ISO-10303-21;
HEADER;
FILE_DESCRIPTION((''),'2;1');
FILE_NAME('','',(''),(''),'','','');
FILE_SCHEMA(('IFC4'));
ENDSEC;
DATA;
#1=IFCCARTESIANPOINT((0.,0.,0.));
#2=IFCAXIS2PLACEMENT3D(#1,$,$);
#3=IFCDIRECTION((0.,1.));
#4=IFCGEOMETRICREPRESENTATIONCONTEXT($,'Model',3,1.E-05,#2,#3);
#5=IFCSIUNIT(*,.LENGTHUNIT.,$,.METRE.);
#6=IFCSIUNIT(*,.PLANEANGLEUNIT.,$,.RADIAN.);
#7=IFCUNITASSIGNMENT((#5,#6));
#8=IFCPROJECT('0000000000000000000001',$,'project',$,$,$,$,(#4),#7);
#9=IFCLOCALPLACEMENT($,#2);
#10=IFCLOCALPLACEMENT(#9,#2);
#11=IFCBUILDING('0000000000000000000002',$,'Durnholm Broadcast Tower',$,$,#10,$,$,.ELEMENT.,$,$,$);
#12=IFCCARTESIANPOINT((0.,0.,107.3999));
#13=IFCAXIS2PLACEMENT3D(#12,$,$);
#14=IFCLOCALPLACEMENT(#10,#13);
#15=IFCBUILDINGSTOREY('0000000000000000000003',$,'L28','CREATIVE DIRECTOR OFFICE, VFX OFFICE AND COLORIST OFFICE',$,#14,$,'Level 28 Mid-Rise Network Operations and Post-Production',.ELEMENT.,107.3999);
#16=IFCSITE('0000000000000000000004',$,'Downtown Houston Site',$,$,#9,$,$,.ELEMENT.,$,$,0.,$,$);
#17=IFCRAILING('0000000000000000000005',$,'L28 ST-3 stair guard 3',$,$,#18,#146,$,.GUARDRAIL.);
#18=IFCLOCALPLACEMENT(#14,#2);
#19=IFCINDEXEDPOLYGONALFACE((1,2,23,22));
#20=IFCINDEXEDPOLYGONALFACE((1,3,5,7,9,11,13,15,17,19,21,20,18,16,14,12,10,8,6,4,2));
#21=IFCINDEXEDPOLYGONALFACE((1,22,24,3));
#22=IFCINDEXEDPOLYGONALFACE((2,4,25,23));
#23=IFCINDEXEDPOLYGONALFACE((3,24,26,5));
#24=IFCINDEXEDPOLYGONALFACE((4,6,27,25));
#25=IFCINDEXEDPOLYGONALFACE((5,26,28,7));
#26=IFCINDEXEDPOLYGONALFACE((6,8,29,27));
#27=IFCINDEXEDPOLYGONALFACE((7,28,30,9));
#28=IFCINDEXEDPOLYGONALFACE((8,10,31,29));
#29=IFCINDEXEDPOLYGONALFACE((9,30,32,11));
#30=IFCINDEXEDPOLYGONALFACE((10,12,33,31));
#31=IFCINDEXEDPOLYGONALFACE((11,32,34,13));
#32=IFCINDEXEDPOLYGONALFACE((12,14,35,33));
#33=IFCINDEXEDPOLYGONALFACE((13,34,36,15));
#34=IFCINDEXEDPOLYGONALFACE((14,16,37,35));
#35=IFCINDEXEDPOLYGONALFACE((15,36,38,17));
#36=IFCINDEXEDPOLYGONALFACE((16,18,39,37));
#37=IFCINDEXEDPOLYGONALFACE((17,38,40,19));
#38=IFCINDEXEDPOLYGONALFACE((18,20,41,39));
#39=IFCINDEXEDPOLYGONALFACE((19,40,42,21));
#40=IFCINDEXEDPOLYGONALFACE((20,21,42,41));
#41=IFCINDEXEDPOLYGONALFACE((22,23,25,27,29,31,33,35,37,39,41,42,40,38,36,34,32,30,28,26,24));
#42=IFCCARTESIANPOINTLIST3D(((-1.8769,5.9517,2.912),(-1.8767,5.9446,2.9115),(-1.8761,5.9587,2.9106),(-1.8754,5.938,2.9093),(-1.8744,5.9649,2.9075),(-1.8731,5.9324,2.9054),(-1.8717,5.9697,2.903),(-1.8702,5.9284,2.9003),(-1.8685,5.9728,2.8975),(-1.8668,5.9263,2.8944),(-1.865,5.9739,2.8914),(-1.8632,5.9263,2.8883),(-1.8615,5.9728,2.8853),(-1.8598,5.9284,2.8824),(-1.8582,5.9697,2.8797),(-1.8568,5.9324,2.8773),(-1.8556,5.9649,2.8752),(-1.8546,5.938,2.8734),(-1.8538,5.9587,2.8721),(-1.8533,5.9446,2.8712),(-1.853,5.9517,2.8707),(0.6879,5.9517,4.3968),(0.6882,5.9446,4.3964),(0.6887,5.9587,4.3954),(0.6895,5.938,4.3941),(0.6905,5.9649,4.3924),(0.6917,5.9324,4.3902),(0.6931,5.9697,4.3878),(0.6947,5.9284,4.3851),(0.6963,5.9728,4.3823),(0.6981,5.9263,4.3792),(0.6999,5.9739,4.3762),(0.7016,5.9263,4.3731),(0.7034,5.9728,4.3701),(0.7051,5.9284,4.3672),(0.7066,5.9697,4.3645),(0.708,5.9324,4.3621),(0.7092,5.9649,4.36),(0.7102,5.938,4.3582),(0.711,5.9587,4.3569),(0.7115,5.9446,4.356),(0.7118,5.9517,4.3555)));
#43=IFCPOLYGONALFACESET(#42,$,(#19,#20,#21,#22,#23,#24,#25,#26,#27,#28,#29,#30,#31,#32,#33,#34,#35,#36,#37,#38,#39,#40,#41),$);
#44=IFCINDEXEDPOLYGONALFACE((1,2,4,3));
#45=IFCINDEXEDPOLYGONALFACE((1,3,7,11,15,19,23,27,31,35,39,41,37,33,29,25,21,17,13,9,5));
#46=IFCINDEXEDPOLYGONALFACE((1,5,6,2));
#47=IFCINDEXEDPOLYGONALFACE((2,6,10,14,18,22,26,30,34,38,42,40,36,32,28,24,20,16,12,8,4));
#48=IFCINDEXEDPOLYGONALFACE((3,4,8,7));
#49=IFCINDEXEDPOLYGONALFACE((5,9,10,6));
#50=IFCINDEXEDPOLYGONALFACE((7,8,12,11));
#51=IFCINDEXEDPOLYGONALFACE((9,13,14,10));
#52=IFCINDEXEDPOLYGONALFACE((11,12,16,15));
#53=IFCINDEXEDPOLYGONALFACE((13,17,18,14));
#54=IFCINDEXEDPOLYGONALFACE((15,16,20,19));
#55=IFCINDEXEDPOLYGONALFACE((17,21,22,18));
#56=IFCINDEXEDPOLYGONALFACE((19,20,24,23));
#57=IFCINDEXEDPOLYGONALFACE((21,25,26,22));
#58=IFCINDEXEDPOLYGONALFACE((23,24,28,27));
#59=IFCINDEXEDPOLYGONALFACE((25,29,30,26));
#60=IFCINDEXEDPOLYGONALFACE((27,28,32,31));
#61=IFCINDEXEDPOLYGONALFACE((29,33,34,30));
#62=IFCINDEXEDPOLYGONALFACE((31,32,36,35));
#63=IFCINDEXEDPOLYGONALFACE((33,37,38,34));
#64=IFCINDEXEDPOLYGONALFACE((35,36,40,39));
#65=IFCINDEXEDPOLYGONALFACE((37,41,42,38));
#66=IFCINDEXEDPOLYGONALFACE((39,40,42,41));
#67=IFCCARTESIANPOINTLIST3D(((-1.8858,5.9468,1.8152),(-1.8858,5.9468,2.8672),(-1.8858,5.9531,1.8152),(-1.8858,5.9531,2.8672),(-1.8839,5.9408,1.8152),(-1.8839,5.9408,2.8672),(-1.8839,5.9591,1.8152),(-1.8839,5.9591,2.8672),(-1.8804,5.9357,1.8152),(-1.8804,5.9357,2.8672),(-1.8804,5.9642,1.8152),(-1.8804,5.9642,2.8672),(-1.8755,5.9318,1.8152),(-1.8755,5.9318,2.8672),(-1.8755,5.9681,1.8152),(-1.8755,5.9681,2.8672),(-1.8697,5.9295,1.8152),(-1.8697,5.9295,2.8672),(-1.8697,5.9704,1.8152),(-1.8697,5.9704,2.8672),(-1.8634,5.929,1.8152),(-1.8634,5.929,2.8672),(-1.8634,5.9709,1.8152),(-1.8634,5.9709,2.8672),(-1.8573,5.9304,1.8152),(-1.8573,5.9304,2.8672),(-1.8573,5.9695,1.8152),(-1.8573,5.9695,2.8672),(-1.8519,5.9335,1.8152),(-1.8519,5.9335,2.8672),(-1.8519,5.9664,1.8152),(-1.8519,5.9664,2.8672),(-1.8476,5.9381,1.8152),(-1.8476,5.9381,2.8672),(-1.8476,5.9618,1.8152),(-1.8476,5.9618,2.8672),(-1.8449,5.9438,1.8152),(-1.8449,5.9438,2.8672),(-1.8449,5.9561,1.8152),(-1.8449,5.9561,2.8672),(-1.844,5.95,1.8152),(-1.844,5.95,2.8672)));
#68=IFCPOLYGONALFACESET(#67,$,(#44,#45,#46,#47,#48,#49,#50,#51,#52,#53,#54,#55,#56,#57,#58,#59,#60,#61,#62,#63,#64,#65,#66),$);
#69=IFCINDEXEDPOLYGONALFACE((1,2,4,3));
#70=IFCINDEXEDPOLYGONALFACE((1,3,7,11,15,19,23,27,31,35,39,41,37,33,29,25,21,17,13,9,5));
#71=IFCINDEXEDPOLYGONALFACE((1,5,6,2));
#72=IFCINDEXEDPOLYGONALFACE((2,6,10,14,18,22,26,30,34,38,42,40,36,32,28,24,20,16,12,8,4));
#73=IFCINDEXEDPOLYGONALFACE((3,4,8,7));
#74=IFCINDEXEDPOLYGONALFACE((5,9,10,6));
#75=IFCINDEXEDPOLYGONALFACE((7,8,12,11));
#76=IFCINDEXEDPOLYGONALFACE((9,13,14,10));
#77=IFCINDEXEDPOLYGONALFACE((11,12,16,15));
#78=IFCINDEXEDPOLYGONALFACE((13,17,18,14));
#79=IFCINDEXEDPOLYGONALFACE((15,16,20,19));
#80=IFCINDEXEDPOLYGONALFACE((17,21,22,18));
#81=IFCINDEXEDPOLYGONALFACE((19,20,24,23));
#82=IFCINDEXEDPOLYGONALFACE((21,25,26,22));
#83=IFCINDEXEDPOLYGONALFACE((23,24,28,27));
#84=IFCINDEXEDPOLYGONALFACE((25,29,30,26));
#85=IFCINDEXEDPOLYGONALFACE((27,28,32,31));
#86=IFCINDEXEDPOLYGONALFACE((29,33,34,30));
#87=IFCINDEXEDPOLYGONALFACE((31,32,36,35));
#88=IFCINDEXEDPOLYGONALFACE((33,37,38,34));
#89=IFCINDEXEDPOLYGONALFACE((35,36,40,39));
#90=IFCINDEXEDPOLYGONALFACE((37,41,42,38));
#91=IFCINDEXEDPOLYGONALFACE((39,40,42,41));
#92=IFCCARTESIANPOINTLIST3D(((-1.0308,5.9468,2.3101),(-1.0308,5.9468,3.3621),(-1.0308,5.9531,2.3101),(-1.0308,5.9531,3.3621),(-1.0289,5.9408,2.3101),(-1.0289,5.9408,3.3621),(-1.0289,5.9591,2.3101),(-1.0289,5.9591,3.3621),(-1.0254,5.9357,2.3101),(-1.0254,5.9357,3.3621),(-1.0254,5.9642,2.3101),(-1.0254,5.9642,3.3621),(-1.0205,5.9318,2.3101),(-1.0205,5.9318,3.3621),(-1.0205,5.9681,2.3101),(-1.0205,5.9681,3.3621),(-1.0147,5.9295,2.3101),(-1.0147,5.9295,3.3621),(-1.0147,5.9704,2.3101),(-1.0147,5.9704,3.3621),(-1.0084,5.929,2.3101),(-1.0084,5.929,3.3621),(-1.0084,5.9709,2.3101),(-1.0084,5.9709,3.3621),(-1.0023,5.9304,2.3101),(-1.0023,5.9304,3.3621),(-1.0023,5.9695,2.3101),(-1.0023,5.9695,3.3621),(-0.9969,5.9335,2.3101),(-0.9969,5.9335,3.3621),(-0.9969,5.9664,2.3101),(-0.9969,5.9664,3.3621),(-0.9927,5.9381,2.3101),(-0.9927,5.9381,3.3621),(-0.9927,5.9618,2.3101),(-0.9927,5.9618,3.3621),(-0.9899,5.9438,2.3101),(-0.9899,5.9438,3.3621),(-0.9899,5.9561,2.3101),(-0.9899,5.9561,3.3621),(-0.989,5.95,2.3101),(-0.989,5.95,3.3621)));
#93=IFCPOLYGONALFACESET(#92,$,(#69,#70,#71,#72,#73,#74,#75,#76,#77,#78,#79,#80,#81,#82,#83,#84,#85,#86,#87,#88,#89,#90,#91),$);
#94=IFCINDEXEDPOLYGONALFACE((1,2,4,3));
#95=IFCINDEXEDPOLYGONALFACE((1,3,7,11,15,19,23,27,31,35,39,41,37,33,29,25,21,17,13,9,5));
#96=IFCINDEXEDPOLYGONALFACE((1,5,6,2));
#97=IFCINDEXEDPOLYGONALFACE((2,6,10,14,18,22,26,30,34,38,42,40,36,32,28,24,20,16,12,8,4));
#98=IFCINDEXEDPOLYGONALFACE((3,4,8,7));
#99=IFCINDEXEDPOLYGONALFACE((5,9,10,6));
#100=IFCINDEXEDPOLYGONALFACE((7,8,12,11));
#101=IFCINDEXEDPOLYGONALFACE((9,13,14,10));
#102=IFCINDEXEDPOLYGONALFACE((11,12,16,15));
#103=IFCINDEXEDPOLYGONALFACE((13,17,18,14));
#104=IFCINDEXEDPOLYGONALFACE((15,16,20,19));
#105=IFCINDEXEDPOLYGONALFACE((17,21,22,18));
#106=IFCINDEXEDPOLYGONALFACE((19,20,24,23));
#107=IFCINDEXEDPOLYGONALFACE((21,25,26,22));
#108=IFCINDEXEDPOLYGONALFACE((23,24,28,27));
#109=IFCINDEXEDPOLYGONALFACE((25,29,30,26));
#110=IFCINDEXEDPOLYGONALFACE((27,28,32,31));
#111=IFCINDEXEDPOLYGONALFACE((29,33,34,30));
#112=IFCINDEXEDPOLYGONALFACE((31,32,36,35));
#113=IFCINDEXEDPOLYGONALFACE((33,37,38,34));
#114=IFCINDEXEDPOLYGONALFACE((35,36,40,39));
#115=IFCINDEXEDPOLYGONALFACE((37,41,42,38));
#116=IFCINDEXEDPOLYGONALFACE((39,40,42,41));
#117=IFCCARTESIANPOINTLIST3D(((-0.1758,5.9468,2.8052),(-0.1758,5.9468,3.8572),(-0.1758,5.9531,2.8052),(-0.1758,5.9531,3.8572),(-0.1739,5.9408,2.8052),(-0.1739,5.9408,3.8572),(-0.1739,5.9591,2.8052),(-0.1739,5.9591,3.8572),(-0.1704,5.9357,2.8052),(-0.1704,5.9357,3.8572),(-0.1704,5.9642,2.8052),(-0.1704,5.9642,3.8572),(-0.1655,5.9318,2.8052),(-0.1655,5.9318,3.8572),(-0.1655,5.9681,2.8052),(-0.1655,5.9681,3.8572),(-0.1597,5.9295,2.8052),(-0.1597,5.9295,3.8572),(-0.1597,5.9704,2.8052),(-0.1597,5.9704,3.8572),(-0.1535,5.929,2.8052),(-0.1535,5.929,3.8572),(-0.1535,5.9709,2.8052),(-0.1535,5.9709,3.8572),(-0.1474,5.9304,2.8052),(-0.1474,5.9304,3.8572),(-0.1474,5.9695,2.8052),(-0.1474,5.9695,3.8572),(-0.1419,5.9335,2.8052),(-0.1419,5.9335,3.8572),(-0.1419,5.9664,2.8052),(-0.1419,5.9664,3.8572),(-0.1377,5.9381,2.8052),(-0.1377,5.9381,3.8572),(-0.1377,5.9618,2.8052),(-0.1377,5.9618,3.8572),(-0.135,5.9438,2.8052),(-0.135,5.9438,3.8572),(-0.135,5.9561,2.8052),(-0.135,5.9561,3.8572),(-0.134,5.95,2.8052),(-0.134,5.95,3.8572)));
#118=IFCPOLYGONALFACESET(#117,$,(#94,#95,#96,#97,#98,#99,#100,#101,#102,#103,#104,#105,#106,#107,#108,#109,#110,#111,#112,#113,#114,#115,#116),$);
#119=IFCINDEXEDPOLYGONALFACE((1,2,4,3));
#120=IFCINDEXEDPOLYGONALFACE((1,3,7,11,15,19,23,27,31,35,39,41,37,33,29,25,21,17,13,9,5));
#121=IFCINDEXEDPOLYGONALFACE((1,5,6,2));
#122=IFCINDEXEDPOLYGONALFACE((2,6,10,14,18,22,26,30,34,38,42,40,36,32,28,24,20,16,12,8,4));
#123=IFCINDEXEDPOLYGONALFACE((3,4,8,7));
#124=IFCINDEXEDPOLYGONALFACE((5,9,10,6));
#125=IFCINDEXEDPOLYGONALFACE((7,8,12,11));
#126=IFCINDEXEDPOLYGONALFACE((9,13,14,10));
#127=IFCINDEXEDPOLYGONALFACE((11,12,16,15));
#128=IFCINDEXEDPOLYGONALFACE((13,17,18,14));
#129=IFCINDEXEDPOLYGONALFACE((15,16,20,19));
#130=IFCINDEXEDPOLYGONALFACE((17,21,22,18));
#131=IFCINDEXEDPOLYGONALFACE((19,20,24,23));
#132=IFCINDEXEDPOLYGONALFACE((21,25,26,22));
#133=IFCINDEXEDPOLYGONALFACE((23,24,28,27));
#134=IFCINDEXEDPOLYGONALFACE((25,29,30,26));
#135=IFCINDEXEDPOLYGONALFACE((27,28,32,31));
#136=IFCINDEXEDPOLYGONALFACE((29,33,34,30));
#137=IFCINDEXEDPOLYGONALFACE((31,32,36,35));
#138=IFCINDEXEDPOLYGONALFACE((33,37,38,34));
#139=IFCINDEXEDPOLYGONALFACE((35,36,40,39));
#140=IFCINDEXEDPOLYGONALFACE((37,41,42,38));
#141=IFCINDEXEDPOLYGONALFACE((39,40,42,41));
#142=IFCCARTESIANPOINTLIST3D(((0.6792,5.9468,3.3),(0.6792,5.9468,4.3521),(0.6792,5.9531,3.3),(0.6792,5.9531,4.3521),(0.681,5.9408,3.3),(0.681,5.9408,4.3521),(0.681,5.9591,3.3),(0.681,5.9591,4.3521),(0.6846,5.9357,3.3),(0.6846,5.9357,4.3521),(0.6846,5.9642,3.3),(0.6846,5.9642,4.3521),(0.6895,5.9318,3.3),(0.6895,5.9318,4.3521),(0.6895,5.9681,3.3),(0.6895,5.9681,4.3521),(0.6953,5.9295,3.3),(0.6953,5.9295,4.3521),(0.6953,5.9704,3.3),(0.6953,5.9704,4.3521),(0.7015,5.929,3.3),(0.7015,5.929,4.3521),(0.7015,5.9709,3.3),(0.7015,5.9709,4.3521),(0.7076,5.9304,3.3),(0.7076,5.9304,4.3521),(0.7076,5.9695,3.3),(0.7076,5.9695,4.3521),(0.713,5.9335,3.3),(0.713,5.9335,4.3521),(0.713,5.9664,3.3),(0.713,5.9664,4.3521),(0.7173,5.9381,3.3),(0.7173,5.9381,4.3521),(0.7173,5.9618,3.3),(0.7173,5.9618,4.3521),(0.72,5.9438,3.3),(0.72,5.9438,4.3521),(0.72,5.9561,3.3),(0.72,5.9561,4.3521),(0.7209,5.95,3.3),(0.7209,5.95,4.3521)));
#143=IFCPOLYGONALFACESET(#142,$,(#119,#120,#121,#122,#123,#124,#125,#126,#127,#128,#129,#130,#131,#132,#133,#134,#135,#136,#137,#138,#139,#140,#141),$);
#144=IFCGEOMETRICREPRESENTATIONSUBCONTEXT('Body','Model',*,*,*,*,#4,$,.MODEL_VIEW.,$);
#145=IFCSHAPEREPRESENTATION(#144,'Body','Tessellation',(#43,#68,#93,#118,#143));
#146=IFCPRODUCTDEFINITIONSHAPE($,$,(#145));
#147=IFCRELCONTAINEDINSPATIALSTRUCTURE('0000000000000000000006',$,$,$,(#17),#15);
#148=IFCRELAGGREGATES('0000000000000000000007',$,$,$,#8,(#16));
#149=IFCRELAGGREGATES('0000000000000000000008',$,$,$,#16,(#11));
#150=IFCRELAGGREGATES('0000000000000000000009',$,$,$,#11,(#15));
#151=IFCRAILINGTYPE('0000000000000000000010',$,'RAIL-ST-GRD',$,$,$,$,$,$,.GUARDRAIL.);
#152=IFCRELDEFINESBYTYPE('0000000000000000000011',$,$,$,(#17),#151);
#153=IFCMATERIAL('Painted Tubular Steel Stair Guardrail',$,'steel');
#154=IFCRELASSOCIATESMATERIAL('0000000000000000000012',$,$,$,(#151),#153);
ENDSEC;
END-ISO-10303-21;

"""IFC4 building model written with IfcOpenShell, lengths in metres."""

from ifc_helpers import new_model, si_unit, direction, frame, origin, origin_2d, place, context, subcontext, project, spatial, circle, extrude, material, type_object, element, save


model = new_model("IFC4")

# Units and contexts
model_context = context("Model", 3, precision=1e-05, world=origin(), true_north=direction((0.0, 1.0)))
body_context = subcontext(model_context, "Body", "Model", "MODEL_VIEW")
ifc_project = project(units=[si_unit("LENGTHUNIT", "METRE"), si_unit("PLANEANGLEUNIT", "RADIAN")], contexts=[model_context])

# Site, building, storey
site_placement = place(None, origin())
site = spatial("IfcSite", under=ifc_project, at=site_placement, Name="Downtown Houston Site", CompositionType="ELEMENT", RefElevation=0.0)
building_placement = place(site_placement, origin())
building = spatial("IfcBuilding", under=site, at=building_placement, Name="Durnholm Broadcast Tower", CompositionType="ELEMENT")
storey_placement = place(building_placement, frame((0.0, 0.0, 107.3999)))
storey = spatial("IfcBuildingStorey", under=building, at=storey_placement, Name="L28", Description="CREATIVE DIRECTOR OFFICE, VFX OFFICE AND COLORIST OFFICE", LongName="Level 28 Mid-Rise Network Operations and Post-Production", CompositionType="ELEMENT", Elevation=107.3999)

# Railing
ifc_material_1 = material(Name="Painted Tubular Steel Stair Guardrail", Category="steel")
railing_type_1 = type_object("IfcRailingType", Name="RAIL-ST-GRD", PredefinedType="GUARDRAIL", material=ifc_material_1)
railing_1_placement = place(storey_placement, frame((-1.865, 5.95, 1.8152)))
element("IfcRailing", 1, at=railing_1_placement, inside=storey, type_object=railing_type_1, Name="L28 ST-3 stair guard 3", PredefinedType="GUARDRAIL", context=body_context, shape_type="SweptSolid", body=[
    extrude(circle(Radius=0.0239, at=origin_2d()), frame((0.0, 0.0, 1.0762), z_axis=(0.865441, 0.0, 0.50101), x_axis=(0.0, 1.0, 0.0)), (0.0, 0.0, 1.0), 2.9636),
    extrude(circle(Radius=0.021, at=origin_2d()), origin(), (0.0, 0.0, 1.0), 1.052),
    extrude(circle(Radius=0.021, at=origin_2d()), frame((0.855, 0.0, 0.4949)), (0.0, 0.0, 1.0), 1.052),
    extrude(circle(Radius=0.021, at=origin_2d()), frame((1.71, 0.0, 0.99)), (0.0, 0.0, 1.0), 1.052),
    extrude(circle(Radius=0.021, at=origin_2d()), frame((2.5649, 0.0, 1.4849)), (0.0, 0.0, 1.0), 1.052),
])

save(model, "model.ifc")
